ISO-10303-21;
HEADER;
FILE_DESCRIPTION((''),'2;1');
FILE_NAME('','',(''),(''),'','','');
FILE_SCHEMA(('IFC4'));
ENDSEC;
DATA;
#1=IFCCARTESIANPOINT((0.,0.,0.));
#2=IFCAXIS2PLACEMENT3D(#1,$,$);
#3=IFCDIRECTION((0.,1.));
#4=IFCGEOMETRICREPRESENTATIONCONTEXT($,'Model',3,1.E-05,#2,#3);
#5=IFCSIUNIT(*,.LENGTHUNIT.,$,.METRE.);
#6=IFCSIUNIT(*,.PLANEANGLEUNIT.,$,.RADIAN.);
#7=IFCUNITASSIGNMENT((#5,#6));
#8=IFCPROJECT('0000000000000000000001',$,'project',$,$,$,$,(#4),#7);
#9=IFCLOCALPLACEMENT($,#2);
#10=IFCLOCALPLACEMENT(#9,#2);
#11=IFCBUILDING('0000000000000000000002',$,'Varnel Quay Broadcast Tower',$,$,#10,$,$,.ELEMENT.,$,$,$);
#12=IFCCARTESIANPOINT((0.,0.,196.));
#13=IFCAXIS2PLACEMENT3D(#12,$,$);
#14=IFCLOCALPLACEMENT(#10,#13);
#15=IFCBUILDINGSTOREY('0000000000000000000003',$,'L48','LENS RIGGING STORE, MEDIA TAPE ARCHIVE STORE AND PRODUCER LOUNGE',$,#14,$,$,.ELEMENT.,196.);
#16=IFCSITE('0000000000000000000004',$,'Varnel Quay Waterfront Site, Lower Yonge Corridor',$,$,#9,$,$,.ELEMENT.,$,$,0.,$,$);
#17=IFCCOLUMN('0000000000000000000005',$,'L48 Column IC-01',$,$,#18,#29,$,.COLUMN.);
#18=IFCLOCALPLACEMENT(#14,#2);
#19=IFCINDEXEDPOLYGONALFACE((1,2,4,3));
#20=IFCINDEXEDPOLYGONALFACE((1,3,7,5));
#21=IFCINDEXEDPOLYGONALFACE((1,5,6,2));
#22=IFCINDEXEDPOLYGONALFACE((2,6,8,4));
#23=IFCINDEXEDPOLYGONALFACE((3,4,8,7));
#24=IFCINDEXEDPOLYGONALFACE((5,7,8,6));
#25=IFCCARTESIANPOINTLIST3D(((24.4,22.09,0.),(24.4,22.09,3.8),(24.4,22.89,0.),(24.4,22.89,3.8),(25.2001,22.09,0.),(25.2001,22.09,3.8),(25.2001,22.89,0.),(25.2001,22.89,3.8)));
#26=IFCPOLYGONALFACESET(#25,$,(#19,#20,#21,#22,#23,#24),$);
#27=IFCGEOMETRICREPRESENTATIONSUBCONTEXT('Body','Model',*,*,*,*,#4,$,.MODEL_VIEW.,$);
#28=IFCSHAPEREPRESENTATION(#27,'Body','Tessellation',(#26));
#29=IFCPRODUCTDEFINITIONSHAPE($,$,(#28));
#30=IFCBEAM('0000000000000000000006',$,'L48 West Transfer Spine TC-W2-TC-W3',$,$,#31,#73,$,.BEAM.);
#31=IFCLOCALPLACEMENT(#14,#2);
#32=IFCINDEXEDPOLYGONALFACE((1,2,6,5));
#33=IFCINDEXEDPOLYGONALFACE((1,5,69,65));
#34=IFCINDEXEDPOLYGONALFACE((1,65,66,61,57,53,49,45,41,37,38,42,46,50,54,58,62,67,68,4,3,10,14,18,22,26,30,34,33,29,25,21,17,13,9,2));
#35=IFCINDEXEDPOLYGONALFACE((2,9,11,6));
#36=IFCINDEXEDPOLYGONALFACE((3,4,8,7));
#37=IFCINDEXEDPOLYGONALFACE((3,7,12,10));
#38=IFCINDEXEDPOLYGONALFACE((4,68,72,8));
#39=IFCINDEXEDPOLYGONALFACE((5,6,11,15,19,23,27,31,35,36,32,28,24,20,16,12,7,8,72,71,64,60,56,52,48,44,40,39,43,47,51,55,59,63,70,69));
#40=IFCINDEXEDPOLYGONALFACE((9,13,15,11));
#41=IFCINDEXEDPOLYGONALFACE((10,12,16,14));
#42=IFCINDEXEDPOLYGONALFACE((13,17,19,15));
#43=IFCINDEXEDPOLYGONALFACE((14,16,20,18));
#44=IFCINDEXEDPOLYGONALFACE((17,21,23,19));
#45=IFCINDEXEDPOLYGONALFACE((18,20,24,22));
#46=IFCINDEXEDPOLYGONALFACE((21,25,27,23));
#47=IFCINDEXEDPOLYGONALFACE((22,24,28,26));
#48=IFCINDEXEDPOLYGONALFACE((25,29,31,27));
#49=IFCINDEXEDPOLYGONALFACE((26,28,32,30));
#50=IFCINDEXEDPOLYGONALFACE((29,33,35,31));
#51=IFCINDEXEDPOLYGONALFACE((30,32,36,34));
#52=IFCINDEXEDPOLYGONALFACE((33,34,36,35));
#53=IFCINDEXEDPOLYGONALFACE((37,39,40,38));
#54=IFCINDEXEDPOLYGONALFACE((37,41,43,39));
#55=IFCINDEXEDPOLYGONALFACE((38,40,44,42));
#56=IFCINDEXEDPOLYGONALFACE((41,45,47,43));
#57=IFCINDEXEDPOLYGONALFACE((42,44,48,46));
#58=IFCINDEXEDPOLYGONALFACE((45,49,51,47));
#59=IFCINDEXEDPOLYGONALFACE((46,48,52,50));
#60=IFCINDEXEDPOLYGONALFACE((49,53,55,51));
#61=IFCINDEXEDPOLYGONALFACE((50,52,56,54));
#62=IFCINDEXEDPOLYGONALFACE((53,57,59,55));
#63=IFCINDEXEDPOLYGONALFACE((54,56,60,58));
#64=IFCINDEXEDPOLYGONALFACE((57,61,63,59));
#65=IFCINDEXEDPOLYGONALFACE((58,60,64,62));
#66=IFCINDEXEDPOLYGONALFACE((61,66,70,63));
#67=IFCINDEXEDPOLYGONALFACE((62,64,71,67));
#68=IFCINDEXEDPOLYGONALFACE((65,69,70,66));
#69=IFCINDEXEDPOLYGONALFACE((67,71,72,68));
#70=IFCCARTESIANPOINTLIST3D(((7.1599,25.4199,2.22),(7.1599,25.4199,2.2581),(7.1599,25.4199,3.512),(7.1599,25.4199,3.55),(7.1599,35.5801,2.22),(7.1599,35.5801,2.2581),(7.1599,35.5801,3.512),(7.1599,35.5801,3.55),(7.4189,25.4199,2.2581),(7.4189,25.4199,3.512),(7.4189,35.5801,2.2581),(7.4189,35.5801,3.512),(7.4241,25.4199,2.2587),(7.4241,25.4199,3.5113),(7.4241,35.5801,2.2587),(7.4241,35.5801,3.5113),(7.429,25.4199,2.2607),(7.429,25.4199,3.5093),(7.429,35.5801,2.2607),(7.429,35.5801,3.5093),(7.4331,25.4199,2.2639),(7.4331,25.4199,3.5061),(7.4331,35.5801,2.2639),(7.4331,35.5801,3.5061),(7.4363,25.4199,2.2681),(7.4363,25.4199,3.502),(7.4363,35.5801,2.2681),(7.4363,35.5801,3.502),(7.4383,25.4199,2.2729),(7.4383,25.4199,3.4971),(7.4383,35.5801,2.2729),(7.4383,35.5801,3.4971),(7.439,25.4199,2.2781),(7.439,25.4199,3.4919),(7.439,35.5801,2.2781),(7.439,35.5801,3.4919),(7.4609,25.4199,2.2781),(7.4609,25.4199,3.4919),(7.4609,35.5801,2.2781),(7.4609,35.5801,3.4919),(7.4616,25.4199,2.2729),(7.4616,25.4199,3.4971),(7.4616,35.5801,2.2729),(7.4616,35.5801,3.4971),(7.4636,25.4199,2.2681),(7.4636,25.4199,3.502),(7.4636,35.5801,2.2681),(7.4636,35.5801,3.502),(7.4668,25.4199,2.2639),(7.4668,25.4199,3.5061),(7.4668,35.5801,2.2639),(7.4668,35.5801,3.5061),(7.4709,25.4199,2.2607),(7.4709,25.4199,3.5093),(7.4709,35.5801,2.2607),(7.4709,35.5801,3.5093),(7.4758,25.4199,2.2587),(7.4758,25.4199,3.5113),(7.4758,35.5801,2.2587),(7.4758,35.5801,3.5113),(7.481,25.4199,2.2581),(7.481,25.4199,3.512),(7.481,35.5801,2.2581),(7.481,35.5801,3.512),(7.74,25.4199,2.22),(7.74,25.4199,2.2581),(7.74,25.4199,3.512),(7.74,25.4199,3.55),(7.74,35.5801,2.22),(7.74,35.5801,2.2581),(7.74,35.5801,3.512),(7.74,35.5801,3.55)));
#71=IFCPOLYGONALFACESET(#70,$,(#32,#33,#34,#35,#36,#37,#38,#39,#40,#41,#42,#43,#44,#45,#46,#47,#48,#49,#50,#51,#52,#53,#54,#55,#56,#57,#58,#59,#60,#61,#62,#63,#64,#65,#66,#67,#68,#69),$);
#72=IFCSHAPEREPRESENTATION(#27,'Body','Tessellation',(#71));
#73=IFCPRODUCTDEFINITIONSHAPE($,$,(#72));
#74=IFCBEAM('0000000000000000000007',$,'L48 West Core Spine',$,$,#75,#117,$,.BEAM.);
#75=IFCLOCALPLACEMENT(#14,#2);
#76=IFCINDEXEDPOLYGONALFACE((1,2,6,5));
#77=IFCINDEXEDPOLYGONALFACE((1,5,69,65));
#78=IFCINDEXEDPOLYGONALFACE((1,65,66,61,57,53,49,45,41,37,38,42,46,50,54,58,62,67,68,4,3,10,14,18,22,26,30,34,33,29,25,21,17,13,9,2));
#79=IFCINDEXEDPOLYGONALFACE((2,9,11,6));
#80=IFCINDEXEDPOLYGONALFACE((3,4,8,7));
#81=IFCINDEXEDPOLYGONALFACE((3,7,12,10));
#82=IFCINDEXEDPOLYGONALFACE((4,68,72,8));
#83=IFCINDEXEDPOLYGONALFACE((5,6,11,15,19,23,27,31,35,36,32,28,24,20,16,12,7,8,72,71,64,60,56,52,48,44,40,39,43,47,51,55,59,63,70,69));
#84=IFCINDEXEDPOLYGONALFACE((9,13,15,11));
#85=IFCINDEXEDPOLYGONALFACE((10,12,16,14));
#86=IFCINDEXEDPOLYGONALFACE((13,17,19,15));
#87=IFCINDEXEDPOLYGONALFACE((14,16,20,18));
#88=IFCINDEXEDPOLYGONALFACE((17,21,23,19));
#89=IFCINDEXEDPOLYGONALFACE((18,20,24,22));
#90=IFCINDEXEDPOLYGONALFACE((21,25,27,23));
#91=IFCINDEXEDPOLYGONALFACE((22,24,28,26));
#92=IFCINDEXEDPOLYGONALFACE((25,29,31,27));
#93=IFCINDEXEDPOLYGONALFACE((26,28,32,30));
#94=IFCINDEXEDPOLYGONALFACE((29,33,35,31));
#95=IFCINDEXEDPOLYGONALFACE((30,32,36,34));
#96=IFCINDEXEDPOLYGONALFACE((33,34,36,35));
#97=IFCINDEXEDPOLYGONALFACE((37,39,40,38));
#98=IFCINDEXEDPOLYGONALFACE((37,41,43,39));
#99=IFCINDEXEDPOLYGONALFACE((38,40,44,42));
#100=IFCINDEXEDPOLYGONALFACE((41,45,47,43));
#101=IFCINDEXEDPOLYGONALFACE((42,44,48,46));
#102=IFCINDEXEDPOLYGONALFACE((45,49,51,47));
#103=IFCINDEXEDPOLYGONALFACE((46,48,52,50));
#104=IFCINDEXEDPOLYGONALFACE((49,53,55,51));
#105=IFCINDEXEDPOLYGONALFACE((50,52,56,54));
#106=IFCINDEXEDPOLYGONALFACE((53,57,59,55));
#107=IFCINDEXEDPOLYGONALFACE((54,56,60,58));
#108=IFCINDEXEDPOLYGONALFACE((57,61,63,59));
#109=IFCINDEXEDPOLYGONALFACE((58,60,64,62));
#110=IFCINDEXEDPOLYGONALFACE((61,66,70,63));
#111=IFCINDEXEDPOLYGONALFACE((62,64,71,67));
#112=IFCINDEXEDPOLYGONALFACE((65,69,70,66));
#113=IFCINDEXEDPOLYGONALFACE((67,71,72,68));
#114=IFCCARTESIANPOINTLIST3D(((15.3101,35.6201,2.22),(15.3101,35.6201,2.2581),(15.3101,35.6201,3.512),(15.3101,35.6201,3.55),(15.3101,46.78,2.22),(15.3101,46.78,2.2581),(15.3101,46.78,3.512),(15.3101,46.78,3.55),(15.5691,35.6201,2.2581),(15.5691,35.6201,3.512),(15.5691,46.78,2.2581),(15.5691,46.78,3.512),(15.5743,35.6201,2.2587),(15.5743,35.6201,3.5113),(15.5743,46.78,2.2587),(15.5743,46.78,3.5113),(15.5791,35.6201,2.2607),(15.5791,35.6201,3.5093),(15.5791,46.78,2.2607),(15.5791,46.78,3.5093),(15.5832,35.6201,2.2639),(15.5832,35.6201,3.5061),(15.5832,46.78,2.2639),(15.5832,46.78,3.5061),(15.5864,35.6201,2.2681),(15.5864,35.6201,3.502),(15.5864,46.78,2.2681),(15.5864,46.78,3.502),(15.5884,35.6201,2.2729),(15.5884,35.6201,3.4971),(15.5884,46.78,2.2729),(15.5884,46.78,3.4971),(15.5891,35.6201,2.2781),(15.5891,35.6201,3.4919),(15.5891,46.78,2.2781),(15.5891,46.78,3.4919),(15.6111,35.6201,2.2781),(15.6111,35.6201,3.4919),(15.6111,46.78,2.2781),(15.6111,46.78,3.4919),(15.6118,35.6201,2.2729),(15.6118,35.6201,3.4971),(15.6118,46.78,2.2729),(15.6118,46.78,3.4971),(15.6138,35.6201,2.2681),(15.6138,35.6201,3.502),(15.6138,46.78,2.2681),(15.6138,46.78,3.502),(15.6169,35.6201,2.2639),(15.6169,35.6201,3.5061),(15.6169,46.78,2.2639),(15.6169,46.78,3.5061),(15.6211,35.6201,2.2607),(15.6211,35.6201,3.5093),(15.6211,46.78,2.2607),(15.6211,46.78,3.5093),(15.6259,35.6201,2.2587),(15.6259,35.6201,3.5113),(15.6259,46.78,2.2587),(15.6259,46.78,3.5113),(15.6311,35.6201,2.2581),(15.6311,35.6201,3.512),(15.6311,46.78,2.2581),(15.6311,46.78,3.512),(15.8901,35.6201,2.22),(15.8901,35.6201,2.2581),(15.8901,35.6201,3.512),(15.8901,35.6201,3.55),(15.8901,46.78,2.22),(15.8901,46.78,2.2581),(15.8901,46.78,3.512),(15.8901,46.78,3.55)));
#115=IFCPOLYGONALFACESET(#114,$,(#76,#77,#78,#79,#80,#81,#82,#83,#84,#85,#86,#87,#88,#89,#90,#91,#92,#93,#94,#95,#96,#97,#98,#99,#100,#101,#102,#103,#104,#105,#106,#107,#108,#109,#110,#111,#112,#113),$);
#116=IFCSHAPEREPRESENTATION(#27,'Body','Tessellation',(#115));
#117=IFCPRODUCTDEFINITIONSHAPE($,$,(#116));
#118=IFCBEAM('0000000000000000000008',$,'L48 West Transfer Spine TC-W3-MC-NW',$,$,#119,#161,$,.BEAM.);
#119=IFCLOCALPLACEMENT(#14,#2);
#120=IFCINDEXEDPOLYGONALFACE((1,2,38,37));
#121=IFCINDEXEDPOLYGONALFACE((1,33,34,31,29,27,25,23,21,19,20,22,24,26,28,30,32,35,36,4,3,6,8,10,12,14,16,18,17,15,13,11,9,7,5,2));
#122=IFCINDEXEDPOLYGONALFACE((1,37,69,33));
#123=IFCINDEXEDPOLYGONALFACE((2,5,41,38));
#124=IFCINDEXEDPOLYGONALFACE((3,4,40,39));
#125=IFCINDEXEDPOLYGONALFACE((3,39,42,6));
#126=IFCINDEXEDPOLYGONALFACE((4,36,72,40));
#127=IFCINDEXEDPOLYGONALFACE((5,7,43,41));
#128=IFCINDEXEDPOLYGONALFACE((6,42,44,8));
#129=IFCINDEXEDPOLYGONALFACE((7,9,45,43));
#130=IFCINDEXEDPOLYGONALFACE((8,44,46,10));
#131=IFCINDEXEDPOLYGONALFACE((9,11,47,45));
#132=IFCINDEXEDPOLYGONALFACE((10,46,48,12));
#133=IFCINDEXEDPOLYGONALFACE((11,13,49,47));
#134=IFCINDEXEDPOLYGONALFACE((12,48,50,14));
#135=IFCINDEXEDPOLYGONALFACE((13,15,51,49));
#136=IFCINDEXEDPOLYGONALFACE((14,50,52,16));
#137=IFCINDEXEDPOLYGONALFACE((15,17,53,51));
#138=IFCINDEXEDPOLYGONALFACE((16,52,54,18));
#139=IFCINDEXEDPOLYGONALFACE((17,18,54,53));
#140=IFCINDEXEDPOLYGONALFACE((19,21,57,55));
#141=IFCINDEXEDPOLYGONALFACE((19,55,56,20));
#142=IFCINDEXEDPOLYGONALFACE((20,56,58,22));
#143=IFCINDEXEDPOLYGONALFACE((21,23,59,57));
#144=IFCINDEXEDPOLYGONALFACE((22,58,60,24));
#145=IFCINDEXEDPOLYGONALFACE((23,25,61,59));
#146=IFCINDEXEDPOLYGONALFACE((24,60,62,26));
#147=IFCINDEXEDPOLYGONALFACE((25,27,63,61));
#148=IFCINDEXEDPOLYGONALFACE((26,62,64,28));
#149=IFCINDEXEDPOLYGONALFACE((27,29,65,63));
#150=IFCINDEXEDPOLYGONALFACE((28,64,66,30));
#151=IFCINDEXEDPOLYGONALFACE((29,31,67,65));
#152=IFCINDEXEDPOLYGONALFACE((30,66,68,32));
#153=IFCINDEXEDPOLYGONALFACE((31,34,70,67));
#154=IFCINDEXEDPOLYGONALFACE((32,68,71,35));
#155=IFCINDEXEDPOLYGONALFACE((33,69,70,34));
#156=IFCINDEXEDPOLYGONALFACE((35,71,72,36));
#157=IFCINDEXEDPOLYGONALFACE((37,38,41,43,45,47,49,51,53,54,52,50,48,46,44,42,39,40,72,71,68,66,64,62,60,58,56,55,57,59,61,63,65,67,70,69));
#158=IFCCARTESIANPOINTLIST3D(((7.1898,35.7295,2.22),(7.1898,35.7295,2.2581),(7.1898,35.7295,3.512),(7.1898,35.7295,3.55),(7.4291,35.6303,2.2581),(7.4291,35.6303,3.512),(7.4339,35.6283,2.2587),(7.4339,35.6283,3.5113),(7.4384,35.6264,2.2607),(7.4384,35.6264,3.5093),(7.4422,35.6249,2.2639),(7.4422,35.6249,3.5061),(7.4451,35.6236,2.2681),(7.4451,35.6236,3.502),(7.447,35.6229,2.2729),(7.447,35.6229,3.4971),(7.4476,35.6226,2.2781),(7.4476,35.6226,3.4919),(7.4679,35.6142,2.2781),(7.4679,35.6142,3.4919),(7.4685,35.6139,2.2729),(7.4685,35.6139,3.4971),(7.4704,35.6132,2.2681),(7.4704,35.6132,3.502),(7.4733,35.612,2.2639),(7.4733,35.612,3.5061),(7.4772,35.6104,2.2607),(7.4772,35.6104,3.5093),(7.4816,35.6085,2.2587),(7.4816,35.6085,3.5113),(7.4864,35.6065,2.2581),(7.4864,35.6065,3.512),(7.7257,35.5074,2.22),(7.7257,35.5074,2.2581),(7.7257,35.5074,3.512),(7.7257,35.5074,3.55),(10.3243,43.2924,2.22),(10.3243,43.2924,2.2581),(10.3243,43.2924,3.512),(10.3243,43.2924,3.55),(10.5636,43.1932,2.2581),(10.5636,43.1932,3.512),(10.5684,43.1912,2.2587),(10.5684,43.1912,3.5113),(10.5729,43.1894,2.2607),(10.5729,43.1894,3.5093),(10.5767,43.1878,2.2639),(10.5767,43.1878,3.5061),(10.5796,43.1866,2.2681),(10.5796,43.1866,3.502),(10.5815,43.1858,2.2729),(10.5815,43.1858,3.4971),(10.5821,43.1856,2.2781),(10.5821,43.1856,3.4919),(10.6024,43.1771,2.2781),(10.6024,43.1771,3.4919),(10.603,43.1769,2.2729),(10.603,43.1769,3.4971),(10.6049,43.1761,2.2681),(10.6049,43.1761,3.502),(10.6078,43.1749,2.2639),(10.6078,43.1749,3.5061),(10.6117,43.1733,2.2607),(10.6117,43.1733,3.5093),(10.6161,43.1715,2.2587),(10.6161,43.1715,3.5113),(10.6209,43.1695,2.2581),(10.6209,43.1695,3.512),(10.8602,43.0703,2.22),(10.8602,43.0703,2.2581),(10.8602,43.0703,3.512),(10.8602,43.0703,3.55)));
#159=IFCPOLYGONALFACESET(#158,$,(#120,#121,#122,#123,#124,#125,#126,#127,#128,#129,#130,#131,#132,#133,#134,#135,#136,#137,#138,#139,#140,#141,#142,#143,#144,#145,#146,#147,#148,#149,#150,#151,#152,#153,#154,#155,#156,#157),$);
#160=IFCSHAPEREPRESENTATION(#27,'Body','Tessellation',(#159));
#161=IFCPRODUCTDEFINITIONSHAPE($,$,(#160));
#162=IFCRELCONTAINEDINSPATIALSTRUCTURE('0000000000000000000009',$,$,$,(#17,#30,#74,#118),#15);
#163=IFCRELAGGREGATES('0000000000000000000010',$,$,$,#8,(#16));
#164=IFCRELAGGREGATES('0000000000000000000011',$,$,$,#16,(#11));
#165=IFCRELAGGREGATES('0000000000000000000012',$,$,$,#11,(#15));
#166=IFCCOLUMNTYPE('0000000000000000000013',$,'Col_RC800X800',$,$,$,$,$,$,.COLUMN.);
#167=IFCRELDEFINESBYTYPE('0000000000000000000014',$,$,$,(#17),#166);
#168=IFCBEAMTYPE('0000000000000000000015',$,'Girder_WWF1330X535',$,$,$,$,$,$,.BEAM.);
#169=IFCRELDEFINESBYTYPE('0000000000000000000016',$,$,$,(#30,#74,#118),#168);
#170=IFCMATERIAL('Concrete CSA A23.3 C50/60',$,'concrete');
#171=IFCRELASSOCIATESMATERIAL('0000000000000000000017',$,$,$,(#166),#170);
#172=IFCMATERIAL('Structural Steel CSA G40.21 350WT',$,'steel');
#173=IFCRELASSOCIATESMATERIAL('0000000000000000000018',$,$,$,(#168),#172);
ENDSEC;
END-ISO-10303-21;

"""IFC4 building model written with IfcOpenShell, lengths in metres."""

from ifc_helpers import new_model, si_unit, direction, frame, origin, origin_2d, place, context, subcontext, project, spatial, rectangle, i_section, extrude, source, transform, mapped, material, material_profile, profile_set, type_object, type_shapes, element, save


model = new_model("IFC4")

# Units and contexts
model_context = context("Model", 3, precision=1e-05, world=origin(), true_north=direction((0.0, 1.0)))
body_context = subcontext(model_context, "Body", "Model", "MODEL_VIEW")
ifc_project = project(units=[si_unit("LENGTHUNIT", "METRE"), si_unit("PLANEANGLEUNIT", "RADIAN")], contexts=[model_context])

# Site, building, storey
site_placement = place(None, origin())
site = spatial("IfcSite", under=ifc_project, at=site_placement, Name="Varnel Quay Waterfront Site, Lower Yonge Corridor", CompositionType="ELEMENT", RefElevation=0.0)
building_placement = place(site_placement, origin())
building = spatial("IfcBuilding", under=site, at=building_placement, Name="Varnel Quay Broadcast Tower", CompositionType="ELEMENT")
storey_placement = place(building_placement, frame((0.0, 0.0, 196.0)))
storey = spatial("IfcBuildingStorey", under=building, at=storey_placement, Name="L48", Description="LENS RIGGING STORE, MEDIA TAPE ARCHIVE STORE AND PRODUCER LOUNGE", CompositionType="ELEMENT", Elevation=196.0)

# Column
ifc_material_1 = material(Name="Structural Steel CSA G40.21 350WT", Category="steel")
ifc_material_2 = material(Name="Concrete CSA A23.3 C50/60", Category="concrete")
ifc_material_profile_1 = material_profile(ifc_material_2, rectangle(XDim=0.8, YDim=0.8, at=origin_2d()), Name="RC800X800")
ifc_profile_set_1 = profile_set([ifc_material_profile_1], Name="Concrete CSA A23.3 C50/60")
column_type_1 = type_object("IfcColumnType", Name="Col_RC800X800", PredefinedType="COLUMN", material=ifc_profile_set_1)
shared_shape_1 = source(origin(), body_context, "Body", "SweptSolid", [
    extrude(rectangle(XDim=0.8, YDim=0.8, at=origin_2d()), origin(), (0.0, 0.0, 1.0), 3.8),
])
type_shapes(column_type_1, [shared_shape_1])
column_placement = place(storey_placement, frame((24.8, 22.49, 0.0), z_axis=(0.0, 0.0, 1.0), x_axis=(1.0, 0.0, 0.0)))
element("IfcColumn", 1, at=column_placement, inside=storey, type_object=column_type_1, Name="L48 Column IC-01", PredefinedType="COLUMN", context=body_context, shape_type="MappedRepresentation", body=[
    mapped(shared_shape_1, transform((0.0, 0.0, 0.0), x_axis=(1.0, 0.0, 0.0), y_axis=(0.0, 1.0, 0.0), z_axis=(0.0, 0.0, 1.0), scale=1.0)),
])

# Beams
ifc_material_profile_2 = material_profile(ifc_material_1, i_section(OverallWidth=0.5801, OverallDepth=1.3301, WebThickness=0.022, FlangeThickness=0.0381, FilletRadius=0.02, at=origin_2d()), Name="WWF1330X535")
ifc_profile_set_2 = profile_set([ifc_material_profile_2], Name="Structural Steel CSA G40.21 350WT")
beam_type_1 = type_object("IfcBeamType", Name="Girder_WWF1330X535", PredefinedType="BEAM", material=ifc_profile_set_2)
shared_shape_2 = source(origin(), body_context, "Body", "SweptSolid", [
    extrude(i_section(OverallWidth=0.5801, OverallDepth=1.3301, WebThickness=0.022, FlangeThickness=0.0381, FilletRadius=0.02, at=origin_2d()), origin(), (0.0, 0.0, 1.0), 10.1602),
])
beam_1_placement = place(storey_placement, frame((7.45, 25.4199, 2.885), z_axis=(0.0, 1.0, 0.0), x_axis=(-1.0, 0.0, 0.0)))
element("IfcBeam", 2, at=beam_1_placement, inside=storey, type_object=beam_type_1, Name="L48 West Transfer Spine TC-W2-TC-W3", PredefinedType="BEAM", context=body_context, shape_type="MappedRepresentation", body=[
    mapped(shared_shape_2, transform((0.0, 0.0, 0.0), x_axis=(1.0, 0.0, 0.0), y_axis=(0.0, 1.0, 0.0), z_axis=(0.0, 0.0, 1.0), scale=1.0)),
])
shared_shape_3 = source(origin(), body_context, "Body", "SweptSolid", [
    extrude(i_section(OverallWidth=0.5801, OverallDepth=1.3301, WebThickness=0.022, FlangeThickness=0.0381, FilletRadius=0.02, at=origin_2d()), origin(), (0.0, 0.0, 1.0), 11.1599),
])
beam_2_placement = place(storey_placement, frame((15.6001, 35.6201, 2.885), z_axis=(0.0, 1.0, 0.0), x_axis=(-1.0, 0.0, 0.0)))
element("IfcBeam", 3, at=beam_2_placement, inside=storey, type_object=beam_type_1, Name="L48 West Core Spine", PredefinedType="BEAM", context=body_context, shape_type="MappedRepresentation", body=[
    mapped(shared_shape_3, transform((0.0, 0.0, 0.0), x_axis=(1.0, 0.0, 0.0), y_axis=(0.0, 1.0, 0.0), z_axis=(0.0, 0.0, 1.0), scale=1.0)),
])
shared_shape_4 = source(origin(), body_context, "Body", "SweptSolid", [
    extrude(i_section(OverallWidth=0.5801, OverallDepth=1.3301, WebThickness=0.022, FlangeThickness=0.0381, FilletRadius=0.02, at=origin_2d()), origin(), (0.0, 0.0, 1.0), 8.1868),
])
beam_3_placement = place(storey_placement, frame((7.4578, 35.6184, 2.885), z_axis=(0.382874, 0.923801, 0.0), x_axis=(-0.923801, 0.382874, 0.0)))
element("IfcBeam", 4, at=beam_3_placement, inside=storey, type_object=beam_type_1, Name="L48 West Transfer Spine TC-W3-MC-NW", PredefinedType="BEAM", context=body_context, shape_type="MappedRepresentation", body=[
    mapped(shared_shape_4, transform((0.0, 0.0, 0.0), x_axis=(1.0, 0.0, 0.0), y_axis=(0.0, 1.0, 0.0), z_axis=(0.0, 0.0, 1.0), scale=1.0)),
])

save(model, "model.ifc")
